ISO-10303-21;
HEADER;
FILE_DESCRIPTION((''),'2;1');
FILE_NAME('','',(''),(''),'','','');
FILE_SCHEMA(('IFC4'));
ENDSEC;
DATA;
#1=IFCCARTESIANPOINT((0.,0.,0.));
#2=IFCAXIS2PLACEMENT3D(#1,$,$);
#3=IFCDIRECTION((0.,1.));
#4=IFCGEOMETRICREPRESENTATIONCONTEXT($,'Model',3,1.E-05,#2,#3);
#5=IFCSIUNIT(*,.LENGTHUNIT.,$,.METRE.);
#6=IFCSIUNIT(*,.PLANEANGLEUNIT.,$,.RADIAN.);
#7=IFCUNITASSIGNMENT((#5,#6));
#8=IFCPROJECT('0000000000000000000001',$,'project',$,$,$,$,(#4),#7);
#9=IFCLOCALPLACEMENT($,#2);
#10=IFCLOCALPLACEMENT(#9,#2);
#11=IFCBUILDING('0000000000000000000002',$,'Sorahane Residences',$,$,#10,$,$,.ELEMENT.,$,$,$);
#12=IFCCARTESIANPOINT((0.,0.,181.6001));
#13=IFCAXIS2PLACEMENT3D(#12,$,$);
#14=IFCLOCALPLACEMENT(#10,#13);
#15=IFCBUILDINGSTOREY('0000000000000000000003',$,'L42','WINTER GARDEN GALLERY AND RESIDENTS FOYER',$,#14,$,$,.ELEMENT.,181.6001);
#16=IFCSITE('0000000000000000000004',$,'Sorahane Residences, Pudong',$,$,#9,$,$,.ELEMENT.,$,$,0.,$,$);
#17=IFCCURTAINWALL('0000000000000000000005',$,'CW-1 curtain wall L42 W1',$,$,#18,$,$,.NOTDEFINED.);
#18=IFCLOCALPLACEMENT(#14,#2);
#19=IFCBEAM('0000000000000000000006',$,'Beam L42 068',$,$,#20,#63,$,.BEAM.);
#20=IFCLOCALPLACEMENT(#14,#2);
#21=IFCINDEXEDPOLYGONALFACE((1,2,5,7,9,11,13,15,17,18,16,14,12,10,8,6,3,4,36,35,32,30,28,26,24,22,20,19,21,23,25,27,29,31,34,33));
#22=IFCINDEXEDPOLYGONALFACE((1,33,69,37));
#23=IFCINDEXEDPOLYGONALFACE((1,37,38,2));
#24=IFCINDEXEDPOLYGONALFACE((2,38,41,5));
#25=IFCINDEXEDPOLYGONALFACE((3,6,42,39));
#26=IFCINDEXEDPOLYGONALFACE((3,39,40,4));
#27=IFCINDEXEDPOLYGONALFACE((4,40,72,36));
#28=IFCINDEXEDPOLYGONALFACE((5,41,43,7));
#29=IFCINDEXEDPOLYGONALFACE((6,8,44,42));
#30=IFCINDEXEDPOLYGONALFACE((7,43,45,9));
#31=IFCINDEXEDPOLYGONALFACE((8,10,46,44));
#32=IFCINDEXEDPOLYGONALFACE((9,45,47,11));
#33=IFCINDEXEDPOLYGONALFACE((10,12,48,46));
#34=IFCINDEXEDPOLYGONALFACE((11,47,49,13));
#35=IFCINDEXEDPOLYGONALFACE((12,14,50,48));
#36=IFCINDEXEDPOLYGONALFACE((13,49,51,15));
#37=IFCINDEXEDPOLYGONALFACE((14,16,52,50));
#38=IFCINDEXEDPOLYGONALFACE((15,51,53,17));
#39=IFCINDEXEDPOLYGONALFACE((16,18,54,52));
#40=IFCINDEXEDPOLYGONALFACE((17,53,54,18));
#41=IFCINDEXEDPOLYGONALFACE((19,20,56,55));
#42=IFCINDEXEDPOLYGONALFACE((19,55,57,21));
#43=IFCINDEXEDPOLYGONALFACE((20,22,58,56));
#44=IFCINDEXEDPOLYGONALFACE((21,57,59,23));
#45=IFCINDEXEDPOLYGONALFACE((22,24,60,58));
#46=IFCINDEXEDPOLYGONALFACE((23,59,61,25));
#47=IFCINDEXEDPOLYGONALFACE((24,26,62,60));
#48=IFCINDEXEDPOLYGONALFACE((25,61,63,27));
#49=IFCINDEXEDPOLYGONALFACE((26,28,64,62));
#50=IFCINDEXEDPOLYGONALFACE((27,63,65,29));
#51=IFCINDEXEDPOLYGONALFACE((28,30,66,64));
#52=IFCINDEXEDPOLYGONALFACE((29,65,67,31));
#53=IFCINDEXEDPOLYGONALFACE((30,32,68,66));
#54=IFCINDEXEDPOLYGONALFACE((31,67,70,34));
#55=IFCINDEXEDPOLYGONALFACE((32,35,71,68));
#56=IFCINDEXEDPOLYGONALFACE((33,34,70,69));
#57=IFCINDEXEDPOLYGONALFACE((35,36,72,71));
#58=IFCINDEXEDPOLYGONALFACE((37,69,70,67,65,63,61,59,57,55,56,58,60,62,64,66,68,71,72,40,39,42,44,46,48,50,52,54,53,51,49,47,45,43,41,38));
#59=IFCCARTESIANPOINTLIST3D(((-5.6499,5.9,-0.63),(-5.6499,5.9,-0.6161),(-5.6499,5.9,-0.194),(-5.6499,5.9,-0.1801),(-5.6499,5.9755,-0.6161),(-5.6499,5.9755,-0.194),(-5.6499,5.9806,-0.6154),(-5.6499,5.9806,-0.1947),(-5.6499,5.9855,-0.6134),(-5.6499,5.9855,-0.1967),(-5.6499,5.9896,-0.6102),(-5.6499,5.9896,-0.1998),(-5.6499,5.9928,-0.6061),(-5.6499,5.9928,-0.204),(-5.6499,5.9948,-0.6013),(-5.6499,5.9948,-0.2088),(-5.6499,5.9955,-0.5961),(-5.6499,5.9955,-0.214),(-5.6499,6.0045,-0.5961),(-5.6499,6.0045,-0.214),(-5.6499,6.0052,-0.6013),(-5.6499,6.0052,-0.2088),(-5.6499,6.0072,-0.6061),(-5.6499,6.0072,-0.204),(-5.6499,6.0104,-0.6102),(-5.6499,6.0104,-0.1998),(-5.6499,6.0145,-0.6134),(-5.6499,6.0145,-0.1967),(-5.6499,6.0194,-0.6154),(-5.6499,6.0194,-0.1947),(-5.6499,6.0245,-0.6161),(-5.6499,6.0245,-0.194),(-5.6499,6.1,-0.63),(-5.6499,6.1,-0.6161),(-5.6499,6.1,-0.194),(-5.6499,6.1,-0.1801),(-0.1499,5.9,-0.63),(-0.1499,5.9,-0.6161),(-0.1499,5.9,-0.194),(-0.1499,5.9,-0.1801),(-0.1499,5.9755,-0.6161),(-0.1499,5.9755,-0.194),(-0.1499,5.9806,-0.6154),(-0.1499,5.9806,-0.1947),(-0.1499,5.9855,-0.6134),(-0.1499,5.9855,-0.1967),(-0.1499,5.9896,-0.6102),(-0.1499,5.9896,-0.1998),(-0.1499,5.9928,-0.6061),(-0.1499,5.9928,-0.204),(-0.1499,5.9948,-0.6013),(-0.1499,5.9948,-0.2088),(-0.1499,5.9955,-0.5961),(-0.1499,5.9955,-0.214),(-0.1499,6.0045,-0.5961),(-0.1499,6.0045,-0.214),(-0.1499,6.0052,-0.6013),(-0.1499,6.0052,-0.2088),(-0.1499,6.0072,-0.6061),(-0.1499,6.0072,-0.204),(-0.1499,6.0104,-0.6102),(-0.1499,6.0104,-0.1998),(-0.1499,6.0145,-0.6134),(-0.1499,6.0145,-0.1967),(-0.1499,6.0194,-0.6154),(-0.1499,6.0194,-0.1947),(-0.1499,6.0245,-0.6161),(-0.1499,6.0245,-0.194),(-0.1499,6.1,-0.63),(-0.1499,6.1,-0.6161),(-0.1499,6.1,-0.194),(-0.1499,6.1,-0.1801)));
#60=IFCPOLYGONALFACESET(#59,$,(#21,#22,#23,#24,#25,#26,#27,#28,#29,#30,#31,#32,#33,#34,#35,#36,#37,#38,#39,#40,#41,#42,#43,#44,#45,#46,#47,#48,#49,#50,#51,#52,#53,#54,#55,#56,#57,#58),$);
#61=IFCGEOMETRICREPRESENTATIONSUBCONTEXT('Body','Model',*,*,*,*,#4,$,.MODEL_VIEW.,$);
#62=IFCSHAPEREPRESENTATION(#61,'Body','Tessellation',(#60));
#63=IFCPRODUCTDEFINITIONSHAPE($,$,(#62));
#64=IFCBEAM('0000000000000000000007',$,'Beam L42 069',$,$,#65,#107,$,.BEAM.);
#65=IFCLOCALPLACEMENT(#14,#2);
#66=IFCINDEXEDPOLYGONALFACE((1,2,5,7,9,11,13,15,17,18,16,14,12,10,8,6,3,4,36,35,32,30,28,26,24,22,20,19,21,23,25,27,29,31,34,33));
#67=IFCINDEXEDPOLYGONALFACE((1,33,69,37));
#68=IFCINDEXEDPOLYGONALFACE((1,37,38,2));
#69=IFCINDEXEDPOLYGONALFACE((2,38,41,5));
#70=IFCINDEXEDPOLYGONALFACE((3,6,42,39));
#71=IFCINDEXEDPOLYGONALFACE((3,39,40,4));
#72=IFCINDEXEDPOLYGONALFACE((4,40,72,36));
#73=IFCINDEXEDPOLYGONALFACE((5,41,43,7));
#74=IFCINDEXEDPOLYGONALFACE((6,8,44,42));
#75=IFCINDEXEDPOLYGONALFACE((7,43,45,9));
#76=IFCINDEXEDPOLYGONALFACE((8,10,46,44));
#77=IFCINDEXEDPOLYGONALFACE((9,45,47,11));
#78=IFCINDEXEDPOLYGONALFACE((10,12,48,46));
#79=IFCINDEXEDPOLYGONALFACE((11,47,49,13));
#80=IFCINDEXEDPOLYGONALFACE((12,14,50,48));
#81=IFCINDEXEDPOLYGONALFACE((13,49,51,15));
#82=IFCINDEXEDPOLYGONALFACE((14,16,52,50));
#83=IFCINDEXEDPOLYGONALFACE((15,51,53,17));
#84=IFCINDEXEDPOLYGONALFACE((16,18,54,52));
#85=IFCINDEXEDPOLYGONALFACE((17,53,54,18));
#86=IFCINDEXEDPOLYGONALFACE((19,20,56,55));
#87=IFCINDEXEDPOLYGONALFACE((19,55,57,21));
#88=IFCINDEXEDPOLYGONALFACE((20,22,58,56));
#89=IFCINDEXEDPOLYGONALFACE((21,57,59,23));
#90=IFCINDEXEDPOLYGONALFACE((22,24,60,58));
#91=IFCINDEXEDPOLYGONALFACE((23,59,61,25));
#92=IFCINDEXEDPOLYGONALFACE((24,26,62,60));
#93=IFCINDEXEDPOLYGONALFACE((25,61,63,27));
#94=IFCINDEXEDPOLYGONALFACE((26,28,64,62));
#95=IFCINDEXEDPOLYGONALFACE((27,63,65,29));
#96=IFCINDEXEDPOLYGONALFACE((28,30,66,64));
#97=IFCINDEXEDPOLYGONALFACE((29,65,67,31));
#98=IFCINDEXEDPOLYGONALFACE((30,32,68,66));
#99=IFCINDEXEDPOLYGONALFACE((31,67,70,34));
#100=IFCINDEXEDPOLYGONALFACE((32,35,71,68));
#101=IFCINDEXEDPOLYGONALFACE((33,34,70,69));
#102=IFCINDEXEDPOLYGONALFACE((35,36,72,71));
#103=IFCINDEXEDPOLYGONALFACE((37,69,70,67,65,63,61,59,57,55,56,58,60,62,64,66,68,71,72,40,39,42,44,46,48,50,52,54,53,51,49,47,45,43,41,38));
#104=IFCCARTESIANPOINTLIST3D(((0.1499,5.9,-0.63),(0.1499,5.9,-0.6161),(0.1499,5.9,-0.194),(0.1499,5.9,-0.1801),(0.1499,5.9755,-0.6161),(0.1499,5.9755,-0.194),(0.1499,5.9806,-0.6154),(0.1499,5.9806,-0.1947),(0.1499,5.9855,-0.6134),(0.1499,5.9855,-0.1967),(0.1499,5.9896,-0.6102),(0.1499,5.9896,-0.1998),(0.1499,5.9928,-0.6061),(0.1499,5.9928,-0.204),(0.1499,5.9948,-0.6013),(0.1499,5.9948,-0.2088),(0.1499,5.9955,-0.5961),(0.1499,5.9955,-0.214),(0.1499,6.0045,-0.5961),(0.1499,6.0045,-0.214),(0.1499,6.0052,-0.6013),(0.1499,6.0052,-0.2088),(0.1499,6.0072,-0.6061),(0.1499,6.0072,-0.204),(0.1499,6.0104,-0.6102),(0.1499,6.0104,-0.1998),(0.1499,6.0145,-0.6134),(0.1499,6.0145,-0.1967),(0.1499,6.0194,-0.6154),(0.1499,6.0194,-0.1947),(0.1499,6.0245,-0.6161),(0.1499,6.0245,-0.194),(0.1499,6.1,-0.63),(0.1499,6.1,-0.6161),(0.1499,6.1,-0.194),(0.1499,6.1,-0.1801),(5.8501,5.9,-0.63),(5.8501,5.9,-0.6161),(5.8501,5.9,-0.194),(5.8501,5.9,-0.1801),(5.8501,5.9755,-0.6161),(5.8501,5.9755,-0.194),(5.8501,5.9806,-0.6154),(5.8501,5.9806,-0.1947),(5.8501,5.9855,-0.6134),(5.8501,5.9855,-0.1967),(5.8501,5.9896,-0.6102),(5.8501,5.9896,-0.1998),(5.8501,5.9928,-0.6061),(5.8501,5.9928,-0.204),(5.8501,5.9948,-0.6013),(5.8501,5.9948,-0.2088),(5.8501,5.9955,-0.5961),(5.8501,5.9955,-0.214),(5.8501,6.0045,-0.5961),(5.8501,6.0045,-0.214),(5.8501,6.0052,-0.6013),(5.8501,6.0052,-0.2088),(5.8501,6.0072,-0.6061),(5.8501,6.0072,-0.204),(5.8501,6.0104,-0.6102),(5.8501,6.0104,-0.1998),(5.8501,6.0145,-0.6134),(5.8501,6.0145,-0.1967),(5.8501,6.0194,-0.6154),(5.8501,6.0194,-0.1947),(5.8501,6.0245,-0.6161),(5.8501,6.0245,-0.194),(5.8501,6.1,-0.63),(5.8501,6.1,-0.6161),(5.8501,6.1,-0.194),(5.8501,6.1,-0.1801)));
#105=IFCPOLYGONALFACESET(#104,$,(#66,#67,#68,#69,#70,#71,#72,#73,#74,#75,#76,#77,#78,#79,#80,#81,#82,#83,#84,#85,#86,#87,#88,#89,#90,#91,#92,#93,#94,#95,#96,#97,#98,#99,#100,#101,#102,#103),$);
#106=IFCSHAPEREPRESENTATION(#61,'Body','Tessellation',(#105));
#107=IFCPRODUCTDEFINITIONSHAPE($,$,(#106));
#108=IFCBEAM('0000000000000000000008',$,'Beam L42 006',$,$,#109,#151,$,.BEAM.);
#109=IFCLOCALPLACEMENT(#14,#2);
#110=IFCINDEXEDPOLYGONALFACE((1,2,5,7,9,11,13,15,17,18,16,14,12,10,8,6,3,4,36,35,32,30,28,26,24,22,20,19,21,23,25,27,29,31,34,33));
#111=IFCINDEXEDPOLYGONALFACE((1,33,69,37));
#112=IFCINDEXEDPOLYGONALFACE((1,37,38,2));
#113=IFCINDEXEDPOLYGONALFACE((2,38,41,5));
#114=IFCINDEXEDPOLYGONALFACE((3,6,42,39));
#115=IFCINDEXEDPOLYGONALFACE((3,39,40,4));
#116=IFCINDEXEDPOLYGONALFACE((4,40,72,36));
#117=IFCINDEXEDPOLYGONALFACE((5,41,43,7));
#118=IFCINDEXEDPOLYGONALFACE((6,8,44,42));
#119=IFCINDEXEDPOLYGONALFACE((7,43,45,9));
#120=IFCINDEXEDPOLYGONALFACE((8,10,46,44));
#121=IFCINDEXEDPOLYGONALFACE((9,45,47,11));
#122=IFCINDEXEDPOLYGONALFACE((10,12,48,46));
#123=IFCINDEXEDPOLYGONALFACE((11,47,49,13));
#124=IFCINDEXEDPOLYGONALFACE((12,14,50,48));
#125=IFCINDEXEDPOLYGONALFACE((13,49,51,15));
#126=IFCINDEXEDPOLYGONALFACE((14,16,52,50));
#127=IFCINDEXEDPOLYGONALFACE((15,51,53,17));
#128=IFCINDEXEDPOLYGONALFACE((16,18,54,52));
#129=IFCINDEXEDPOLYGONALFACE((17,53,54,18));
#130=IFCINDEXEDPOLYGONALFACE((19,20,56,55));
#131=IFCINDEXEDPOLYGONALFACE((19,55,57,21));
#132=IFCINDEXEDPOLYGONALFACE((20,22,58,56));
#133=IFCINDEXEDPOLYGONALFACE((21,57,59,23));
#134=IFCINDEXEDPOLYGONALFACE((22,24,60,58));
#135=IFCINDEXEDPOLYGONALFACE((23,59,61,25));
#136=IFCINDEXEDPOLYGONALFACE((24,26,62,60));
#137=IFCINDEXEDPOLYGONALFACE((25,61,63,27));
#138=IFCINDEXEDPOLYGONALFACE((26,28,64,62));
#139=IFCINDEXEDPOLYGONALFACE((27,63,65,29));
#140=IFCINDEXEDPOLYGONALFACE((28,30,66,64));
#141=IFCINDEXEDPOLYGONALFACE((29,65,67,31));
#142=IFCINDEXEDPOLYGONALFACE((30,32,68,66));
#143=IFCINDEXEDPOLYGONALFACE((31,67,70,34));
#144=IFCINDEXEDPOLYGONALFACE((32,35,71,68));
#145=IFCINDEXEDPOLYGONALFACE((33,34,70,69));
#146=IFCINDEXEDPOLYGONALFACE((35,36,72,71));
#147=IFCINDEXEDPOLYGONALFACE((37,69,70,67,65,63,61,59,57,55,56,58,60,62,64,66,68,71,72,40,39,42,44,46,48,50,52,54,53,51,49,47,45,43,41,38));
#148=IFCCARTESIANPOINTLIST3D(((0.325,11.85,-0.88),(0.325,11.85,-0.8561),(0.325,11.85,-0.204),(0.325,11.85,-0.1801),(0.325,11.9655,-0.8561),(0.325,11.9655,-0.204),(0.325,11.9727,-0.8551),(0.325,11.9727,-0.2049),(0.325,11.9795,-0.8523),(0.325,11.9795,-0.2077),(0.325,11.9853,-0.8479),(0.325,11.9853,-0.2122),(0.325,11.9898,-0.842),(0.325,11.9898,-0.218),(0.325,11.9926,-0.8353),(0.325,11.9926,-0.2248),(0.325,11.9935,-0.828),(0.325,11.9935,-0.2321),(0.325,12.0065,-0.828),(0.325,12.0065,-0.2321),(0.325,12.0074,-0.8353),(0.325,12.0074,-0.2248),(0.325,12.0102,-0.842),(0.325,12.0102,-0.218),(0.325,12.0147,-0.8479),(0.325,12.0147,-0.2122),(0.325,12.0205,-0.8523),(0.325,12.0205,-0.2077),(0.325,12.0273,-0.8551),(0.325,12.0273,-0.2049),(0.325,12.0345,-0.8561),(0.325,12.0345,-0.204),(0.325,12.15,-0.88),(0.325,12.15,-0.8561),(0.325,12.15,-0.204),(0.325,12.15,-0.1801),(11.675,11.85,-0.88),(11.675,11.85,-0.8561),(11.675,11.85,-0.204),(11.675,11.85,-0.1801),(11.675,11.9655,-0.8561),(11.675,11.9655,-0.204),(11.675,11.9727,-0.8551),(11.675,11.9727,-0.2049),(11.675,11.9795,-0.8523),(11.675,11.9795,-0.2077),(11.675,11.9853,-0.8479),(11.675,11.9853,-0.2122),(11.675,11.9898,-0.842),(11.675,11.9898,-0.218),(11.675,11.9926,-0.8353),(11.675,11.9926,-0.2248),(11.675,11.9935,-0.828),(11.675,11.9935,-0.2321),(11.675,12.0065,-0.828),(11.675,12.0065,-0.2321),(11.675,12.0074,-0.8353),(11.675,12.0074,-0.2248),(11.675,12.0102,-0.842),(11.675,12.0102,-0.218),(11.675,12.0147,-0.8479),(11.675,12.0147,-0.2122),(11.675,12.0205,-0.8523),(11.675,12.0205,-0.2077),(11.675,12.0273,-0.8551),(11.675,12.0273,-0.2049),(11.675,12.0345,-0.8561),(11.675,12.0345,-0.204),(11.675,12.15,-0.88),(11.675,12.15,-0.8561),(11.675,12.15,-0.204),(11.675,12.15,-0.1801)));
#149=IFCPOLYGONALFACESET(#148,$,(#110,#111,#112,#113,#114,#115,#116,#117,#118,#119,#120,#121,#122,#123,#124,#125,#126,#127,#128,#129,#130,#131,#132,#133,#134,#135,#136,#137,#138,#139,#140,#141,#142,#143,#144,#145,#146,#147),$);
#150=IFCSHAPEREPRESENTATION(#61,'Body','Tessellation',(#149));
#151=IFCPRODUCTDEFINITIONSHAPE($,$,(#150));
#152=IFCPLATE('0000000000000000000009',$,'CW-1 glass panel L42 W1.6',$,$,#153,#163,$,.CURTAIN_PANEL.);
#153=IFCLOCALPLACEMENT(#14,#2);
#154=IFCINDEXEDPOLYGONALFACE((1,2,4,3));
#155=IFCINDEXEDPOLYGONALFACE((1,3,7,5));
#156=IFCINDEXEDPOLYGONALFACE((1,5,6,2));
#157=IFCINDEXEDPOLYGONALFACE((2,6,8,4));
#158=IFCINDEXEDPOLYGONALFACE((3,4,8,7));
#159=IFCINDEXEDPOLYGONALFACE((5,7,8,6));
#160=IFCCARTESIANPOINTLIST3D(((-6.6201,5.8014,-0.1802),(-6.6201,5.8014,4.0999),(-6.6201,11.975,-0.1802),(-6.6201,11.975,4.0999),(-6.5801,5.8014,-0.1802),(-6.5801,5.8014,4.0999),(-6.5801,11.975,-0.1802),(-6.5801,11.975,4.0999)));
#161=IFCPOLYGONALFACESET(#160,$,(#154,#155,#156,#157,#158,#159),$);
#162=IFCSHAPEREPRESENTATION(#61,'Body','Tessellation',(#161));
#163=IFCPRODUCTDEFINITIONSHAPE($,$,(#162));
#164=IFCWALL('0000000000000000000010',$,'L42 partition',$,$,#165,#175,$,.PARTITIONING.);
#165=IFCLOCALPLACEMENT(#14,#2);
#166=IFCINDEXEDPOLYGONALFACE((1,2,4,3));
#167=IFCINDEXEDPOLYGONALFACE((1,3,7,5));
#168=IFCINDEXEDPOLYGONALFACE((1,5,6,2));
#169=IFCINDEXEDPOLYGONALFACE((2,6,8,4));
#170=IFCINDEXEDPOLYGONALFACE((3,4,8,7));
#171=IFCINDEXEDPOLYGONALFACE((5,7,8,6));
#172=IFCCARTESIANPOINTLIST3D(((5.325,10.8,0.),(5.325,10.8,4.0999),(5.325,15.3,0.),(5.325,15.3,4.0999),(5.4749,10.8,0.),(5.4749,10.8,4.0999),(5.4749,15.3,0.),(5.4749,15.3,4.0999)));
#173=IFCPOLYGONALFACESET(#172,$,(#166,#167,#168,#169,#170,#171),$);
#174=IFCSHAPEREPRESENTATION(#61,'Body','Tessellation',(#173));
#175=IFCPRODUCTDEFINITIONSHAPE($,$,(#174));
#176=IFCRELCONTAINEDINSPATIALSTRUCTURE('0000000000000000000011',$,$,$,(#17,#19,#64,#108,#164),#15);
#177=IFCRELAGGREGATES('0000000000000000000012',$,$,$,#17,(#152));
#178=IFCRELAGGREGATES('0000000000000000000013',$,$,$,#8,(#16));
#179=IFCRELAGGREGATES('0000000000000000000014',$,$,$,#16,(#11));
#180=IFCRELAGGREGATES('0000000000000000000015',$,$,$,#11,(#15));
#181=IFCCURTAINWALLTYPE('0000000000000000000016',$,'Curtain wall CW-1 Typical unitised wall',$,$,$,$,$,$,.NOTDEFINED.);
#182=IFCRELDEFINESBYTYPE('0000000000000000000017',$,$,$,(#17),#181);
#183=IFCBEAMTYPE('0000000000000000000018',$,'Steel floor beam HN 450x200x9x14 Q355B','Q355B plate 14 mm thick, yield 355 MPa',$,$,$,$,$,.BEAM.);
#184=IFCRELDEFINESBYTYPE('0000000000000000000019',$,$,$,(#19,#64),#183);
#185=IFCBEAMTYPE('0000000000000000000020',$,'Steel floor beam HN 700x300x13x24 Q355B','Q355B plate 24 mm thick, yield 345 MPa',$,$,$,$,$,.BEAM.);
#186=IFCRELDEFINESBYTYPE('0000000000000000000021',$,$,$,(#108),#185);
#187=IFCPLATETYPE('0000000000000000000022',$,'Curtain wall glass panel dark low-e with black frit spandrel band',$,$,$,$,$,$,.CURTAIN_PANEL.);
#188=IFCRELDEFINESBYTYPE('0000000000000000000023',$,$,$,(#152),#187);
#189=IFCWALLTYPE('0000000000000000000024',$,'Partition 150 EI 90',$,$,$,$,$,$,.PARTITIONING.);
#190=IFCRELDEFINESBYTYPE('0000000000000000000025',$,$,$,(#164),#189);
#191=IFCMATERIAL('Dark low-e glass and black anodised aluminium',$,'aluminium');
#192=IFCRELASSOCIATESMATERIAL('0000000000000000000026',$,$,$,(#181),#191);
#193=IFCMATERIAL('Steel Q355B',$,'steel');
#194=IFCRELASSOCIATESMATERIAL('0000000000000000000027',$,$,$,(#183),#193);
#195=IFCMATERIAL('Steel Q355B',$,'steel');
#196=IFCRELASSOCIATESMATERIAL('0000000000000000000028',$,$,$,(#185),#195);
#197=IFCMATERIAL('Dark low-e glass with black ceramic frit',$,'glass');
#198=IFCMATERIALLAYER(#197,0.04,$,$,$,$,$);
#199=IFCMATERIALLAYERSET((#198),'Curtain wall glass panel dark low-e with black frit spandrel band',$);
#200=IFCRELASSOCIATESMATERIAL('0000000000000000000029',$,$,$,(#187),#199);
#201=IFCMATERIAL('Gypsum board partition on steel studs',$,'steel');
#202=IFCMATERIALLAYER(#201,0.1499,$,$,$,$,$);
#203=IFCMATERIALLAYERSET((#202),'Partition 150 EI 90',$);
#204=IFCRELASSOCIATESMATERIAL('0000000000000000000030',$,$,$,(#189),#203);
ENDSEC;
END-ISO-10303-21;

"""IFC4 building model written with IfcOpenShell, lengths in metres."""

from ifc_helpers import new_model, si_unit, direction, frame, frame_2d, origin, origin_2d, place, context, subcontext, project, spatial, rectangle, i_section, extrude, material, layer, layer_set, material_profile, profile_set, type_object, element, aggregate, save


model = new_model("IFC4")

# Units and contexts
model_context = context("Model", 3, precision=1e-05, world=origin(), true_north=direction((0.0, 1.0)))
body_context = subcontext(model_context, "Body", "Model", "MODEL_VIEW")
ifc_project = project(units=[si_unit("LENGTHUNIT", "METRE"), si_unit("PLANEANGLEUNIT", "RADIAN")], contexts=[model_context])

# Site, building, storey
site_placement = place(None, origin())
site = spatial("IfcSite", under=ifc_project, at=site_placement, Name="Sorahane Residences, Pudong", CompositionType="ELEMENT", RefElevation=0.0)
building_placement = place(site_placement, origin())
building = spatial("IfcBuilding", under=site, at=building_placement, Name="Sorahane Residences", CompositionType="ELEMENT")
storey_placement = place(building_placement, frame((0.0, 0.0, 181.6001)))
storey = spatial("IfcBuildingStorey", under=building, at=storey_placement, Name="L42", Description="WINTER GARDEN GALLERY AND RESIDENTS FOYER", CompositionType="ELEMENT", Elevation=181.6001)

# Curtain wall
ifc_material_1 = material(Name="Dark low-e glass and black anodised aluminium", Category="aluminium")
curtain_wall_type = type_object("IfcCurtainWallType", Name="Curtain wall CW-1 Typical unitised wall", PredefinedType="NOTDEFINED", material=ifc_material_1)
curtain_wall_placement = place(storey_placement, origin())
curtain_wall = element("IfcCurtainWall", 1, at=curtain_wall_placement, inside=storey, type_object=curtain_wall_type, Name="CW-1 curtain wall L42 W1", PredefinedType="NOTDEFINED")

# Beams
ifc_material_2 = material(Name="Steel Q355B", Category="steel")
ifc_material_profile_1 = material_profile(ifc_material_2, i_section(OverallWidth=0.2, OverallDepth=0.45, WebThickness=0.009, FlangeThickness=0.0139, FilletRadius=0.02, at=origin_2d()), Name="HN 450x200x9x14")
ifc_profile_set_1 = profile_set([ifc_material_profile_1], Name="Steel Q355B")
beam_type_1 = type_object("IfcBeamType", Name="Steel floor beam HN 450x200x9x14 Q355B", Description="Q355B plate 14 mm thick, yield 355 MPa", PredefinedType="BEAM", material=ifc_profile_set_1)
beam_1_placement = place(storey_placement, frame((-5.6499, 6.0, -0.405), z_axis=(1.0, 0.0, 0.0), x_axis=(0.0, 1.0, 0.0)))
element("IfcBeam", 2, at=beam_1_placement, inside=storey, type_object=beam_type_1, Name="Beam L42 068", PredefinedType="BEAM", context=body_context, shape_type="SweptSolid", body=[
    extrude(i_section(OverallWidth=0.2, OverallDepth=0.45, WebThickness=0.009, FlangeThickness=0.0139, FilletRadius=0.02, at=origin_2d()), origin(), (0.0, 0.0, 1.0), 5.5),
])
beam_2_placement = place(storey_placement, frame((0.1499, 6.0, -0.405), z_axis=(1.0, 0.0, 0.0), x_axis=(0.0, 1.0, 0.0)))
element("IfcBeam", 3, at=beam_2_placement, inside=storey, type_object=beam_type_1, Name="Beam L42 069", PredefinedType="BEAM", context=body_context, shape_type="SweptSolid", body=[
    extrude(i_section(OverallWidth=0.2, OverallDepth=0.45, WebThickness=0.009, FlangeThickness=0.0139, FilletRadius=0.02, at=origin_2d()), origin(), (0.0, 0.0, 1.0), 5.7002),
])
ifc_material_3 = material(Name="Steel Q355B", Category="steel")
ifc_material_profile_2 = material_profile(ifc_material_3, i_section(OverallWidth=0.3, OverallDepth=0.7, WebThickness=0.0129, FlangeThickness=0.0239, FilletRadius=0.0281, at=origin_2d()), Name="HN 700x300x13x24")
ifc_profile_set_2 = profile_set([ifc_material_profile_2], Name="Steel Q355B")
beam_type_2 = type_object("IfcBeamType", Name="Steel floor beam HN 700x300x13x24 Q355B", Description="Q355B plate 24 mm thick, yield 345 MPa", PredefinedType="BEAM", material=ifc_profile_set_2)
beam_3_placement = place(storey_placement, frame((0.325, 12.0, -0.53), z_axis=(1.0, 0.0, 0.0), x_axis=(0.0, 1.0, 0.0)))
element("IfcBeam", 4, at=beam_3_placement, inside=storey, type_object=beam_type_2, Name="Beam L42 006", PredefinedType="BEAM", context=body_context, shape_type="SweptSolid", body=[
    extrude(i_section(OverallWidth=0.3, OverallDepth=0.7, WebThickness=0.0129, FlangeThickness=0.0239, FilletRadius=0.0281, at=origin_2d()), origin(), (0.0, 0.0, 1.0), 11.3501),
])

# Plate
ifc_material_4 = material(Name="Dark low-e glass with black ceramic frit", Category="glass")
ifc_layer_1 = layer(ifc_material_4, 0.04)
ifc_layer_set_1 = layer_set([ifc_layer_1], Name="Curtain wall glass panel dark low-e with black frit spandrel band")
plate_type = type_object("IfcPlateType", Name="Curtain wall glass panel dark low-e with black frit spandrel band", PredefinedType="CURTAIN_PANEL", material=ifc_layer_set_1)
plate_placement = place(storey_placement, frame((-6.6001, 8.8882, -0.1802), z_axis=(0.0, 0.0, 1.0), x_axis=(0.0, -1.0, 0.0)))
plate = element("IfcPlate", 5, at=plate_placement, type_object=plate_type, Name="CW-1 glass panel L42 W1.6", PredefinedType="CURTAIN_PANEL", context=body_context, shape_type="SweptSolid", body=[
    extrude(rectangle(XDim=6.1736, YDim=0.04, at=origin_2d()), origin(), (0.0, 0.0, 1.0), 4.28),
])
aggregate(curtain_wall, [plate])

# Wall
ifc_material_5 = material(Name="Gypsum board partition on steel studs", Category="steel")
ifc_layer_2 = layer(ifc_material_5, 0.1499)
ifc_layer_set_2 = layer_set([ifc_layer_2], Name="Partition 150 EI 90")
wall_type = type_object("IfcWallType", Name="Partition 150 EI 90", PredefinedType="PARTITIONING", material=ifc_layer_set_2)
wall_1_placement = place(storey_placement, frame((5.3999, 10.8, 0.0), z_axis=(0.0, 0.0, 1.0), x_axis=(0.0, 1.0, 0.0)))
element("IfcWall", 6, at=wall_1_placement, inside=storey, type_object=wall_type, Name="L42 partition", PredefinedType="PARTITIONING", context=body_context, shape_type="SweptSolid", body=[
    extrude(rectangle(XDim=4.5, YDim=0.1499, at=frame_2d((2.25, 0.0))), origin(), (0.0, 0.0, 1.0), 4.0999),
])

save(model, "model.ifc")
